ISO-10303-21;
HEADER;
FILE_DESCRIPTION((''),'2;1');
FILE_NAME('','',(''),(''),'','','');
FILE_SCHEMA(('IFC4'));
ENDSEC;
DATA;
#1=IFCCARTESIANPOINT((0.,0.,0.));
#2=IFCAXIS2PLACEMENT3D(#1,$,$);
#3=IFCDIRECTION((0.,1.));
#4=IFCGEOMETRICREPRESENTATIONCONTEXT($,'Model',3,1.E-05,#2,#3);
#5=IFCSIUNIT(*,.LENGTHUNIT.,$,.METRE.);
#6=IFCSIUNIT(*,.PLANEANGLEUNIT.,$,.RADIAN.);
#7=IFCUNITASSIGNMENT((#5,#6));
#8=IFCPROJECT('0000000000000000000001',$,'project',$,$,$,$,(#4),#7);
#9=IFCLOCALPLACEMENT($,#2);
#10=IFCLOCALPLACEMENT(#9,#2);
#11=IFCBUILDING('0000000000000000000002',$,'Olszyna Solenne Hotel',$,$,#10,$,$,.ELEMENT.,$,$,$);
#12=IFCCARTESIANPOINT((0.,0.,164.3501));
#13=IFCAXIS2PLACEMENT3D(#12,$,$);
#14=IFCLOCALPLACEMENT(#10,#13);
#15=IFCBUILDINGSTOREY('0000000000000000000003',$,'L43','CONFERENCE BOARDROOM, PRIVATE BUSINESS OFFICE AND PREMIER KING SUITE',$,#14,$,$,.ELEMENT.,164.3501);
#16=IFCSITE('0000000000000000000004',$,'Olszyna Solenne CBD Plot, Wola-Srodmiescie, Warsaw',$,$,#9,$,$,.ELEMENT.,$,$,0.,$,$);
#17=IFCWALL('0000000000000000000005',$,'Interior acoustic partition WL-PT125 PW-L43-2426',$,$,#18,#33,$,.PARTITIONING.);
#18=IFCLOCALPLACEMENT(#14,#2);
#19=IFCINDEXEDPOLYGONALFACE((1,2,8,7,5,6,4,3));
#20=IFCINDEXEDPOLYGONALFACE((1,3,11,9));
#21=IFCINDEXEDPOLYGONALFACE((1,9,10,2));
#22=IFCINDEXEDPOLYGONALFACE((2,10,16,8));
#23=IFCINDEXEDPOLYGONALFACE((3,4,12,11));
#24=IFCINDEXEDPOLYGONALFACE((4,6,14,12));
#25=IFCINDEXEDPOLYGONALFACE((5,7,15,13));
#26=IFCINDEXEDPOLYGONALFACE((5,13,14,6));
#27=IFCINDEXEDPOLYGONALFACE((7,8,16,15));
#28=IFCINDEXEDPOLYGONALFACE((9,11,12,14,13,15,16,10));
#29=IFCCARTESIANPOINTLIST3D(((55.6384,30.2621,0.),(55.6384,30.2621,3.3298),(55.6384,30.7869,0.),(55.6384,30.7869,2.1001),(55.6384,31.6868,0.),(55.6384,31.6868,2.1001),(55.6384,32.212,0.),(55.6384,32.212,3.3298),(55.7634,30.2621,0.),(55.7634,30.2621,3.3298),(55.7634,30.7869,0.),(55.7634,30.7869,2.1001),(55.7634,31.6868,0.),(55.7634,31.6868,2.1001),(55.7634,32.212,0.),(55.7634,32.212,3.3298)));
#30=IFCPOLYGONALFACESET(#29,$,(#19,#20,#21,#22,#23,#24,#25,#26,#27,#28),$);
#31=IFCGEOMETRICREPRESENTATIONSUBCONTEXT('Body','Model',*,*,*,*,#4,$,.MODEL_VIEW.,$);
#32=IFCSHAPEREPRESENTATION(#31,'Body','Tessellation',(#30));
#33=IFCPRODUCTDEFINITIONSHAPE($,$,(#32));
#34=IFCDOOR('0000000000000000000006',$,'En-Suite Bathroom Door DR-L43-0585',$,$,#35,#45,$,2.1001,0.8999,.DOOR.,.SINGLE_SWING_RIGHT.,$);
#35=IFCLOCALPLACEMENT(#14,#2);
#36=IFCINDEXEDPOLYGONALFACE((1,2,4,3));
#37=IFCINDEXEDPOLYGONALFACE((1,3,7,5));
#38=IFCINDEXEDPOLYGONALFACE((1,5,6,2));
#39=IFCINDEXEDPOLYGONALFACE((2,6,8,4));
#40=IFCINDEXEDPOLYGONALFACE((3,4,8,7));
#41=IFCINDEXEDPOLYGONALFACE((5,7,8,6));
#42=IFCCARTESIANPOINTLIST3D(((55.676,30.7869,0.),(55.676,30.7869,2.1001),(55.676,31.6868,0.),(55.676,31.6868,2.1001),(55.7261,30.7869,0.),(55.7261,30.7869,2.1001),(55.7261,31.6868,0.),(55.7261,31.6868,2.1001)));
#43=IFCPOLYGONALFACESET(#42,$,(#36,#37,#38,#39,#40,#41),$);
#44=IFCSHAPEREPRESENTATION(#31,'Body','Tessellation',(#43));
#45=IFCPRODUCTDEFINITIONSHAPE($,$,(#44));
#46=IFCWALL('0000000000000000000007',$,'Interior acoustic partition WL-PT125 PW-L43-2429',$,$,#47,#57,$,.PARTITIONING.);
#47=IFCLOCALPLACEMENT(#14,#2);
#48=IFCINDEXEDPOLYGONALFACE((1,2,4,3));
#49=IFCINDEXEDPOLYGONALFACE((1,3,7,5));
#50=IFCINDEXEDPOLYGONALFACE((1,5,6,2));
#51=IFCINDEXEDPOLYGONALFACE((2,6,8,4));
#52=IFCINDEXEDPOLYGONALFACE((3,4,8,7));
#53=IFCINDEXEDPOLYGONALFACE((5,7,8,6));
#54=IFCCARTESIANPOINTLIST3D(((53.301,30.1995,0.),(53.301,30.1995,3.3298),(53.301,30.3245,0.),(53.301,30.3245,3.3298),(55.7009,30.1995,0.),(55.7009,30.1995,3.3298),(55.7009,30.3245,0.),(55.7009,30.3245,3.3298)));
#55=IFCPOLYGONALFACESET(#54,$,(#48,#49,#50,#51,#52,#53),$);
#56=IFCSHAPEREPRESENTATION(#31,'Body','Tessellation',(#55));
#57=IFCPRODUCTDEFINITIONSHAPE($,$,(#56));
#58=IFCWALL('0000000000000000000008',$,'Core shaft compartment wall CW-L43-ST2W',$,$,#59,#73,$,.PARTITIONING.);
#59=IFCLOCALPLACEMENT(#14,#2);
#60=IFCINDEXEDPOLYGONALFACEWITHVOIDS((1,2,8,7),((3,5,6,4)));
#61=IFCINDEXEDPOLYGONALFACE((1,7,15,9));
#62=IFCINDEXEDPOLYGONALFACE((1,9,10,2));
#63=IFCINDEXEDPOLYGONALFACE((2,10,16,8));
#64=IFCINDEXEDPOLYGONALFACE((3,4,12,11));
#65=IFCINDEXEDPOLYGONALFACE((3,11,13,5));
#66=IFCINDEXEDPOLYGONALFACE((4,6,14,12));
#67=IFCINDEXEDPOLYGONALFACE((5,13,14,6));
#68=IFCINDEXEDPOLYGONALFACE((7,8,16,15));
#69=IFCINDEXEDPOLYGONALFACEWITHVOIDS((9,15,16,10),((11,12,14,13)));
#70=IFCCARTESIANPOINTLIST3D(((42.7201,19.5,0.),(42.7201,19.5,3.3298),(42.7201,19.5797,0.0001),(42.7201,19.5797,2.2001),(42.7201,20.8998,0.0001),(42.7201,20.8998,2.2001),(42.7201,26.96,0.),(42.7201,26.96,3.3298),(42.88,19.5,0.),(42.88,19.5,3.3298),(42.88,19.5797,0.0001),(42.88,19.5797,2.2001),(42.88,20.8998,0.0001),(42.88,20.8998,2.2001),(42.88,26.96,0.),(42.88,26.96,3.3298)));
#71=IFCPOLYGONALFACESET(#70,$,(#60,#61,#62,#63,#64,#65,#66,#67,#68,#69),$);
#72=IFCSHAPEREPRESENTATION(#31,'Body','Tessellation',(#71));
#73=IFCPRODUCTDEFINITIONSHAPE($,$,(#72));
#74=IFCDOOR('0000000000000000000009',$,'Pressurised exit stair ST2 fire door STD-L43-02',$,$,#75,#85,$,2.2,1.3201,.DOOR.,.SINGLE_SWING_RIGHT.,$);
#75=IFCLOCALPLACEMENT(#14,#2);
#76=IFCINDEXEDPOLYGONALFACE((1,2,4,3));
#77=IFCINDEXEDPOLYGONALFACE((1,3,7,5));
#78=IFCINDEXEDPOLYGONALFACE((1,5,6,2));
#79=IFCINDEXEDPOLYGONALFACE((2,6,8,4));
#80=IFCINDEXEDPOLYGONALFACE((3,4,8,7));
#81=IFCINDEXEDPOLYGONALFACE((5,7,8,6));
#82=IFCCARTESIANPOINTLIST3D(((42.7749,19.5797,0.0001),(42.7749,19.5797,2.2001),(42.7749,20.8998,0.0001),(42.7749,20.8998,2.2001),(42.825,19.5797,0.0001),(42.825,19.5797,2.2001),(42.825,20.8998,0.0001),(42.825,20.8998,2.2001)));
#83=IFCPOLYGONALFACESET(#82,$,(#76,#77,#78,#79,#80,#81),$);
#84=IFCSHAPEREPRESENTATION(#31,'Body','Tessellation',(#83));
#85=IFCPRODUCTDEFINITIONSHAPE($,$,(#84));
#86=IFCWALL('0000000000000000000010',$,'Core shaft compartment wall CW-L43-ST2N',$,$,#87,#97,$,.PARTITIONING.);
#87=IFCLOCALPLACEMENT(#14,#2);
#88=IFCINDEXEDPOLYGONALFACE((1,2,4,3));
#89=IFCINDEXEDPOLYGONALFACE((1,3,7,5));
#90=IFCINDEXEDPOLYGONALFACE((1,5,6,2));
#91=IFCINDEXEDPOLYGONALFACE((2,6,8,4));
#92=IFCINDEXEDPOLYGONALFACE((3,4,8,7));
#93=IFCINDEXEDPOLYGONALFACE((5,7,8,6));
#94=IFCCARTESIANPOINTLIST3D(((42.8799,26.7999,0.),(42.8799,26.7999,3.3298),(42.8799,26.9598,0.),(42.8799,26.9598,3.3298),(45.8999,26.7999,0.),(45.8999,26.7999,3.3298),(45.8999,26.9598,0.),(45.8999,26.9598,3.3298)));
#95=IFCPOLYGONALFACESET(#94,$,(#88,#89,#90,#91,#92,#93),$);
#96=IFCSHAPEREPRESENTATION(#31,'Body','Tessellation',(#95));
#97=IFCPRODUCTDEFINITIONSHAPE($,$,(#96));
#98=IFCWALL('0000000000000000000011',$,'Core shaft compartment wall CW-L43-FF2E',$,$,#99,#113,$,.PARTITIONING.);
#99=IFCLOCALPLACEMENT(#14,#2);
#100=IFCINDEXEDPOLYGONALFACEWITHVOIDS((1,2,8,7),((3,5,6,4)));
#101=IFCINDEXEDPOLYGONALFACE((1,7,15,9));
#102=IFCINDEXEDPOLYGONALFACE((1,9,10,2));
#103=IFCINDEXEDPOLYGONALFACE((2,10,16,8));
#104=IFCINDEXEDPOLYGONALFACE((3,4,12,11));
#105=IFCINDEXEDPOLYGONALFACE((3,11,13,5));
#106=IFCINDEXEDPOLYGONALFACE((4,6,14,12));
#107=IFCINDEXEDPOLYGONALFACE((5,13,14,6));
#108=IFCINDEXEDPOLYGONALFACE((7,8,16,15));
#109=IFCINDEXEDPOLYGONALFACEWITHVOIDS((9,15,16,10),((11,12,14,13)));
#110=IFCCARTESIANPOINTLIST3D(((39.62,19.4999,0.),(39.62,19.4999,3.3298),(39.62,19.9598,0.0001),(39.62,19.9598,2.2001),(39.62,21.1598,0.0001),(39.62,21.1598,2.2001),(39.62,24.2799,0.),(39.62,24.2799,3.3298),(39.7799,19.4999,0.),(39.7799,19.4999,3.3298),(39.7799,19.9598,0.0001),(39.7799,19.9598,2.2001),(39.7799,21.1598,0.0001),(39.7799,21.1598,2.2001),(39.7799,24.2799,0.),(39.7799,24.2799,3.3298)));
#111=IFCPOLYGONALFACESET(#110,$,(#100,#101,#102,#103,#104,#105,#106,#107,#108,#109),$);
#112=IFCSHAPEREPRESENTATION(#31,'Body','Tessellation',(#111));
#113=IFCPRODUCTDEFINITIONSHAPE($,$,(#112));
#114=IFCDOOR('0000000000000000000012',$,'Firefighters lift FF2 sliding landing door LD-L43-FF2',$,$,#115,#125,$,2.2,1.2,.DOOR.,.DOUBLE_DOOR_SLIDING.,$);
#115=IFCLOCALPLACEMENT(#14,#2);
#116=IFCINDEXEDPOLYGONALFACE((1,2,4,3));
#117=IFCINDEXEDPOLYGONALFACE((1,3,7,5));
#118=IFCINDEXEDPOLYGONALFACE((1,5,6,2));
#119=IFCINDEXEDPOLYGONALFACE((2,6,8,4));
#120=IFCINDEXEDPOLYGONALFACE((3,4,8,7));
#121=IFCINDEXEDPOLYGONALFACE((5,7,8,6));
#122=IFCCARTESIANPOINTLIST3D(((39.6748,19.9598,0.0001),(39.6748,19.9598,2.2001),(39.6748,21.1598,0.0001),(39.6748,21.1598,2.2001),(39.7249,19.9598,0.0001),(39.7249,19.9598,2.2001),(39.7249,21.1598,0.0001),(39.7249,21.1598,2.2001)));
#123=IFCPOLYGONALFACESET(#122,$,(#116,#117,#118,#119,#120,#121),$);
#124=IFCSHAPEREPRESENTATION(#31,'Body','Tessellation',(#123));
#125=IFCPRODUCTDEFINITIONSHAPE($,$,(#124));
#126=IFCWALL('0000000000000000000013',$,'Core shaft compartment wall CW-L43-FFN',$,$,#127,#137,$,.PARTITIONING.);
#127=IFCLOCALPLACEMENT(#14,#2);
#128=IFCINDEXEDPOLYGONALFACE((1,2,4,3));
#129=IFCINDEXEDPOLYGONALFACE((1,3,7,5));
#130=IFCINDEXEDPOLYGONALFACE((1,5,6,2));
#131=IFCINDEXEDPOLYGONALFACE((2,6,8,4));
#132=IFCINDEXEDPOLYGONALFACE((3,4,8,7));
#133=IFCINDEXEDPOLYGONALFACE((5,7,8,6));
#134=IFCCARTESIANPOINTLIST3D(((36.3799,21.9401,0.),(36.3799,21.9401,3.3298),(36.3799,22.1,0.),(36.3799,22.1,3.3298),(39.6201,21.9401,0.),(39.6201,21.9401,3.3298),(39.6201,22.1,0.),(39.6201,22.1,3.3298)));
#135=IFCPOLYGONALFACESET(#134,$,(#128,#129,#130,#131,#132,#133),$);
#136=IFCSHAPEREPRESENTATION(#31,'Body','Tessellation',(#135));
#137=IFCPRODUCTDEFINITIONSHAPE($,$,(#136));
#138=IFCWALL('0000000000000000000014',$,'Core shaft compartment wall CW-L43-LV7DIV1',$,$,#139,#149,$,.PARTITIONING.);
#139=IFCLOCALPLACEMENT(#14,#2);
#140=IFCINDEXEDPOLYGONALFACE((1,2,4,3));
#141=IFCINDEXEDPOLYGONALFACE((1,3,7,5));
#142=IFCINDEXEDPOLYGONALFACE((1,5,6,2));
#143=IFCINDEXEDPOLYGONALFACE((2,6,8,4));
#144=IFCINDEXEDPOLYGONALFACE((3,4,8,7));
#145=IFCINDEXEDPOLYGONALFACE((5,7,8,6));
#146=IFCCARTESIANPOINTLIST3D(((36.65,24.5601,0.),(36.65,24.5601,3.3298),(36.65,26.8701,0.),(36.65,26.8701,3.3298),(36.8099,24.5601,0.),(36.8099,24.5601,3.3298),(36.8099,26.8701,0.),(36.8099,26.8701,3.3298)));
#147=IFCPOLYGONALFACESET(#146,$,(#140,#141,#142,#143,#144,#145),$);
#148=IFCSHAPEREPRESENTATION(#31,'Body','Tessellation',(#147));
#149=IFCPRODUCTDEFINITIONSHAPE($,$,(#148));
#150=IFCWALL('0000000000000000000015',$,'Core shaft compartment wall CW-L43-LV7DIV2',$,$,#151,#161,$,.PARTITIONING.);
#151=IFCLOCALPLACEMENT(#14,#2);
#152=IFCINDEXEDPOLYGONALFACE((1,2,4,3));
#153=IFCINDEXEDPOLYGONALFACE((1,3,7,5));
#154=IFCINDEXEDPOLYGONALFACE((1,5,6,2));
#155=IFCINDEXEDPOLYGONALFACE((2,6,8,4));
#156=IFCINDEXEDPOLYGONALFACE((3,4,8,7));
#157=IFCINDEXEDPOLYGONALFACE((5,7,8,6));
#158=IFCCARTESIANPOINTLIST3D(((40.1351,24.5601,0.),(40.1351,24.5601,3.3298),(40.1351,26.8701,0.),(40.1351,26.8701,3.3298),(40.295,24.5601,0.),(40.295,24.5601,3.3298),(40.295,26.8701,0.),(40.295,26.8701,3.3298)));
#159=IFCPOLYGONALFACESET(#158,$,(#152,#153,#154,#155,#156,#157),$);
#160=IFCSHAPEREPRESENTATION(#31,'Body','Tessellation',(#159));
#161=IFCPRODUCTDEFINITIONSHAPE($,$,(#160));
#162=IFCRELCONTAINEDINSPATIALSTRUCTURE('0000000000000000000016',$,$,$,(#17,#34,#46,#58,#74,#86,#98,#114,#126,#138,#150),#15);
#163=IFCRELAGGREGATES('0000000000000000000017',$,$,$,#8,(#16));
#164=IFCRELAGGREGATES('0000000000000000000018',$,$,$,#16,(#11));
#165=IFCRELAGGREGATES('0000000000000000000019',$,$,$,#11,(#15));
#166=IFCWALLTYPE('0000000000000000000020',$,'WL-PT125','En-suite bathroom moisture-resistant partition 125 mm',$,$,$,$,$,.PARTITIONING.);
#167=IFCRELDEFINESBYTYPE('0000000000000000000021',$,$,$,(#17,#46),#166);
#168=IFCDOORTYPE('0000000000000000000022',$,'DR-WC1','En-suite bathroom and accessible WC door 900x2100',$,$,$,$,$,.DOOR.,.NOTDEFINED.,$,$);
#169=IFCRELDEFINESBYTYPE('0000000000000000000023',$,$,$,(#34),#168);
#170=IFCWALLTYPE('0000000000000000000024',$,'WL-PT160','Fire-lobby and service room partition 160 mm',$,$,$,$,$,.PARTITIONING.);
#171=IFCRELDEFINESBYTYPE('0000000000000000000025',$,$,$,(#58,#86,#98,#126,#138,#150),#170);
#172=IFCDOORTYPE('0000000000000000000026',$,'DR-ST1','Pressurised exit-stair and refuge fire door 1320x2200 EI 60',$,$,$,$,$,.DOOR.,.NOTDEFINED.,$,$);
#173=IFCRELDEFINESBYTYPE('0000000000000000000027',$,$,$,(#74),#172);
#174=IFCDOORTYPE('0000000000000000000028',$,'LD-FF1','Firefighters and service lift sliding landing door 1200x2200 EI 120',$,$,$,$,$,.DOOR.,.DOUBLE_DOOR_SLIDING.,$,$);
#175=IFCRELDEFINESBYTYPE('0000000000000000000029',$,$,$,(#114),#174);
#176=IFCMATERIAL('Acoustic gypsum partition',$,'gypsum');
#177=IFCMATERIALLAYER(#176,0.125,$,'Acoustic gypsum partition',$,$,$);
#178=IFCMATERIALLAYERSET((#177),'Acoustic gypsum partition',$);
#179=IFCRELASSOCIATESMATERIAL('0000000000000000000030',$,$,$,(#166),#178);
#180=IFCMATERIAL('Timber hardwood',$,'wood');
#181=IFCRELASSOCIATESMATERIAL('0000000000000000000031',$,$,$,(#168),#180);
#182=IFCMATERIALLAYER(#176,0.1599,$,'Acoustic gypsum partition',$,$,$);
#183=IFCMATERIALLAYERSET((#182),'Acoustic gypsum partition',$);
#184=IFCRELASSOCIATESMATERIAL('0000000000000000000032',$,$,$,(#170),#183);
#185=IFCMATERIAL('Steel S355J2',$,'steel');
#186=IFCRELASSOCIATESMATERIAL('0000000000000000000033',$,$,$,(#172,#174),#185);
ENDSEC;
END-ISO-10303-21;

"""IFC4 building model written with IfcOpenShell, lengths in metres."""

from ifc_helpers import new_model, si_unit, direction, frame, frame_2d, origin, place, context, subcontext, project, spatial, rectangle, extrude, source, transform, mapped, material, layer, layer_set, type_object, type_shapes, element, fill, save


model = new_model("IFC4")

# Units and contexts
model_context = context("Model", 3, precision=1e-05, world=origin(), true_north=direction((0.0, 1.0)))
body_context = subcontext(model_context, "Body", "Model", "MODEL_VIEW")
ifc_project = project(units=[si_unit("LENGTHUNIT", "METRE"), si_unit("PLANEANGLEUNIT", "RADIAN")], contexts=[model_context])

# Site, building, storey
site_placement = place(None, origin())
site = spatial("IfcSite", under=ifc_project, at=site_placement, Name="Olszyna Solenne CBD Plot, Wola-Srodmiescie, Warsaw", CompositionType="ELEMENT", RefElevation=0.0)
building_placement = place(site_placement, origin())
building = spatial("IfcBuilding", under=site, at=building_placement, Name="Olszyna Solenne Hotel", CompositionType="ELEMENT")
storey_placement = place(building_placement, frame((0.0, 0.0, 164.3501)))
storey = spatial("IfcBuildingStorey", under=building, at=storey_placement, Name="L43", Description="CONFERENCE BOARDROOM, PRIVATE BUSINESS OFFICE AND PREMIER KING SUITE", CompositionType="ELEMENT", Elevation=164.3501)

# Shared definitions
ifc_material_1 = material(Name="Steel S355J2", Category="steel")

# Shared definitions
ifc_material_2 = material(Name="Acoustic gypsum partition", Category="gypsum")
ifc_layer_1 = layer(ifc_material_2, 0.125, Name="Acoustic gypsum partition")
ifc_layer_set_1 = layer_set([ifc_layer_1], Name="Acoustic gypsum partition")
wall_type_1 = type_object("IfcWallType", Name="WL-PT125", Description="En-suite bathroom moisture-resistant partition 125 mm", PredefinedType="PARTITIONING", material=ifc_layer_set_1)
ifc_material_3 = material(Name="Timber hardwood", Category="wood")
door_type_1 = type_object("IfcDoorType", Name="DR-WC1", Description="En-suite bathroom and accessible WC door 900x2100", OperationType="NOTDEFINED", PredefinedType="DOOR", material=ifc_material_3)
shared_shape_1 = source(origin(), body_context, "Body", "SweptSolid", [
    extrude(rectangle(XDim=0.8999, YDim=2.1001, at=frame_2d((0.45, 1.05))), frame((0.0, 0.0249, 0.0), z_axis=(0.0, -1.0, 0.0), x_axis=(1.0, 0.0, 0.0)), (0.0, 0.0, 1.0), 0.05),
])
type_shapes(door_type_1, [shared_shape_1])

# Wall, opening, door
wall_1_placement = place(storey_placement, frame((55.7009, 30.262, 0.0), z_axis=(0.0, 0.0, 1.0), x_axis=(0.0, 1.0, 0.0)))
wall_1 = element("IfcWall", 1, at=wall_1_placement, inside=storey, type_object=wall_type_1, Name="Interior acoustic partition WL-PT125 PW-L43-2426", PredefinedType="PARTITIONING", context=body_context, shape_type="SweptSolid", body=[
    extrude(rectangle(XDim=1.95, YDim=0.125, at=frame_2d((0.9751, 0.0))), origin(), (0.0, 0.0, 1.0), 3.3298),
])
opening_1_placement = place(wall_1_placement, frame((0.5249, 0.0, 0.0)))
opening_1 = element("IfcOpeningElement", 2, at=opening_1_placement, cuts=wall_1, PredefinedType="OPENING", context=body_context, shape_type="SweptSolid", body=[
    extrude(rectangle(XDim=0.8999, YDim=2.1001, at=frame_2d((0.45, 1.05))), frame((0.0, 0.0725, 0.0), z_axis=(0.0, -1.0, 0.0), x_axis=(1.0, 0.0, 0.0)), (0.0, 0.0, 1.0), 0.145),
])
door_1_placement = place(opening_1_placement, origin())
door_1 = element("IfcDoor", 3, at=door_1_placement, inside=storey, type_object=door_type_1, Name="En-Suite Bathroom Door DR-L43-0585", OperationType="SINGLE_SWING_RIGHT", OverallHeight=2.1001, OverallWidth=0.8999, PredefinedType="DOOR", context=body_context, shape_type="MappedRepresentation", body=[
    mapped(shared_shape_1, transform((0.0, 0.0, 0.0), x_axis=(1.0, 0.0, 0.0), y_axis=(0.0, 1.0, 0.0), z_axis=(0.0, 0.0, 1.0), scale=1.0)),
])
fill(opening_1, door_1)

# Wall
wall_2_placement = place(storey_placement, frame((53.301, 30.262, 0.0), z_axis=(0.0, 0.0, 1.0), x_axis=(1.0, 0.0, 0.0)))
element("IfcWall", 4, at=wall_2_placement, inside=storey, type_object=wall_type_1, Name="Interior acoustic partition WL-PT125 PW-L43-2429", PredefinedType="PARTITIONING", context=body_context, shape_type="SweptSolid", body=[
    extrude(rectangle(XDim=2.3999, YDim=0.125, at=frame_2d((1.2, 0.0))), origin(), (0.0, 0.0, 1.0), 3.3298),
])

# Wall, opening, door
ifc_layer_2 = layer(ifc_material_2, 0.1599, Name="Acoustic gypsum partition")
ifc_layer_set_2 = layer_set([ifc_layer_2], Name="Acoustic gypsum partition")
wall_type_2 = type_object("IfcWallType", Name="WL-PT160", Description="Fire-lobby and service room partition 160 mm", PredefinedType="PARTITIONING", material=ifc_layer_set_2)
wall_3_placement = place(storey_placement, frame((42.8, 26.96, 0.0), z_axis=(0.0, 0.0, 1.0), x_axis=(0.0, -1.0, 0.0)))
wall_3 = element("IfcWall", 5, at=wall_3_placement, inside=storey, type_object=wall_type_2, Name="Core shaft compartment wall CW-L43-ST2W", PredefinedType="PARTITIONING", context=body_context, shape_type="SweptSolid", body=[
    extrude(rectangle(XDim=7.46, YDim=0.1599, at=frame_2d((3.73, 0.0))), origin(), (0.0, 0.0, 1.0), 3.3298),
])
opening_2_placement = place(wall_3_placement, frame((6.0601, 0.0, 0.0)))
opening_2 = element("IfcOpeningElement", 6, at=opening_2_placement, cuts=wall_3, PredefinedType="OPENING", context=body_context, shape_type="SweptSolid", body=[
    extrude(rectangle(XDim=1.3201, YDim=2.2, at=frame_2d((0.6602, 1.1001))), frame((0.0, 0.0898, 0.0), z_axis=(0.0, -1.0, 0.0), x_axis=(1.0, 0.0, 0.0)), (0.0, 0.0, 1.0), 0.1799),
])
door_type_2 = type_object("IfcDoorType", Name="DR-ST1", Description="Pressurised exit-stair and refuge fire door 1320x2200 EI 60", OperationType="NOTDEFINED", PredefinedType="DOOR", material=ifc_material_1)
shared_shape_2 = source(origin(), body_context, "Body", "SweptSolid", [
    extrude(rectangle(XDim=1.3201, YDim=2.2, at=frame_2d((0.6602, 1.1001))), frame((0.0, 0.0249, 0.0), z_axis=(0.0, -1.0, 0.0), x_axis=(1.0, 0.0, 0.0)), (0.0, 0.0, 1.0), 0.05),
])
type_shapes(door_type_2, [shared_shape_2])
door_2_placement = place(opening_2_placement, origin())
door_2 = element("IfcDoor", 7, at=door_2_placement, inside=storey, type_object=door_type_2, Name="Pressurised exit stair ST2 fire door STD-L43-02", OperationType="SINGLE_SWING_RIGHT", OverallHeight=2.2, OverallWidth=1.3201, PredefinedType="DOOR", context=body_context, shape_type="MappedRepresentation", body=[
    mapped(shared_shape_2, transform((0.0, 0.0, 0.0), x_axis=(1.0, 0.0, 0.0), y_axis=(0.0, 1.0, 0.0), z_axis=(0.0, 0.0, 1.0), scale=1.0)),
])
fill(opening_2, door_2)

# Wall
wall_4_placement = place(storey_placement, frame((42.8799, 26.8799, 0.0), z_axis=(0.0, 0.0, 1.0), x_axis=(1.0, 0.0, 0.0)))
element("IfcWall", 8, at=wall_4_placement, inside=storey, type_object=wall_type_2, Name="Core shaft compartment wall CW-L43-ST2N", PredefinedType="PARTITIONING", context=body_context, shape_type="SweptSolid", body=[
    extrude(rectangle(XDim=3.02, YDim=0.1599, at=frame_2d((1.51, 0.0))), origin(), (0.0, 0.0, 1.0), 3.3298),
])

# Wall, opening, door
wall_5_placement = place(storey_placement, frame((39.7, 24.28, 0.0), z_axis=(0.0, 0.0, 1.0), x_axis=(0.0, -1.0, 0.0)))
wall_5 = element("IfcWall", 9, at=wall_5_placement, inside=storey, type_object=wall_type_2, Name="Core shaft compartment wall CW-L43-FF2E", PredefinedType="PARTITIONING", context=body_context, shape_type="SweptSolid", body=[
    extrude(rectangle(XDim=4.78, YDim=0.1599, at=frame_2d((2.3901, 0.0))), origin(), (0.0, 0.0, 1.0), 3.3298),
])
opening_3_placement = place(wall_5_placement, frame((3.1201, 0.0, 0.0)))
opening_3 = element("IfcOpeningElement", 10, at=opening_3_placement, cuts=wall_5, PredefinedType="OPENING", context=body_context, shape_type="SweptSolid", body=[
    extrude(rectangle(XDim=1.2, YDim=2.2, at=frame_2d((0.6001, 1.1001))), frame((0.0, 0.0898, 0.0), z_axis=(0.0, -1.0, 0.0), x_axis=(1.0, 0.0, 0.0)), (0.0, 0.0, 1.0), 0.1799),
])
door_type_3 = type_object("IfcDoorType", Name="LD-FF1", Description="Firefighters and service lift sliding landing door 1200x2200 EI 120", OperationType="DOUBLE_DOOR_SLIDING", PredefinedType="DOOR", material=ifc_material_1)
shared_shape_3 = source(origin(), body_context, "Body", "SweptSolid", [
    extrude(rectangle(XDim=1.2, YDim=2.2, at=frame_2d((0.6001, 1.1001))), frame((0.0, 0.0249, 0.0), z_axis=(0.0, -1.0, 0.0), x_axis=(1.0, 0.0, 0.0)), (0.0, 0.0, 1.0), 0.05),
])
type_shapes(door_type_3, [shared_shape_3])
door_3_placement = place(opening_3_placement, origin())
door_3 = element("IfcDoor", 11, at=door_3_placement, inside=storey, type_object=door_type_3, Name="Firefighters lift FF2 sliding landing door LD-L43-FF2", OperationType="DOUBLE_DOOR_SLIDING", OverallHeight=2.2, OverallWidth=1.2, PredefinedType="DOOR", context=body_context, shape_type="MappedRepresentation", body=[
    mapped(shared_shape_3, transform((0.0, 0.0, 0.0), x_axis=(1.0, 0.0, 0.0), y_axis=(0.0, 1.0, 0.0), z_axis=(0.0, 0.0, 1.0), scale=1.0)),
])
fill(opening_3, door_3)

# Walls
wall_6_placement = place(storey_placement, frame((36.3799, 22.02, 0.0), z_axis=(0.0, 0.0, 1.0), x_axis=(1.0, 0.0, 0.0)))
element("IfcWall", 12, at=wall_6_placement, inside=storey, type_object=wall_type_2, Name="Core shaft compartment wall CW-L43-FFN", PredefinedType="PARTITIONING", context=body_context, shape_type="SweptSolid", body=[
    extrude(rectangle(XDim=3.2402, YDim=0.1599, at=frame_2d((1.6201, 0.0))), origin(), (0.0, 0.0, 1.0), 3.3298),
])
for number, where, z_axis, x_axis, name in (
    (13, (36.73, 24.5601, 0.0), (0.0, 0.0, 1.0), (0.0, 1.0, 0.0), "Core shaft compartment wall CW-L43-LV7DIV1"),
    (14, (40.2151, 24.5601, 0.0), (0.0, 0.0, 1.0), (0.0, 1.0, 0.0), "Core shaft compartment wall CW-L43-LV7DIV2"),
):
    element("IfcWall", number, at=place(storey_placement, frame(where, z_axis=z_axis, x_axis=x_axis)), inside=storey, type_object=wall_type_2, Name=name, PredefinedType="PARTITIONING", context=body_context, shape_type="SweptSolid", body=[
        extrude(rectangle(XDim=2.3101, YDim=0.1599, at=frame_2d((1.155, 0.0))), origin(), (0.0, 0.0, 1.0), 3.3298),
    ])

save(model, "model.ifc")
